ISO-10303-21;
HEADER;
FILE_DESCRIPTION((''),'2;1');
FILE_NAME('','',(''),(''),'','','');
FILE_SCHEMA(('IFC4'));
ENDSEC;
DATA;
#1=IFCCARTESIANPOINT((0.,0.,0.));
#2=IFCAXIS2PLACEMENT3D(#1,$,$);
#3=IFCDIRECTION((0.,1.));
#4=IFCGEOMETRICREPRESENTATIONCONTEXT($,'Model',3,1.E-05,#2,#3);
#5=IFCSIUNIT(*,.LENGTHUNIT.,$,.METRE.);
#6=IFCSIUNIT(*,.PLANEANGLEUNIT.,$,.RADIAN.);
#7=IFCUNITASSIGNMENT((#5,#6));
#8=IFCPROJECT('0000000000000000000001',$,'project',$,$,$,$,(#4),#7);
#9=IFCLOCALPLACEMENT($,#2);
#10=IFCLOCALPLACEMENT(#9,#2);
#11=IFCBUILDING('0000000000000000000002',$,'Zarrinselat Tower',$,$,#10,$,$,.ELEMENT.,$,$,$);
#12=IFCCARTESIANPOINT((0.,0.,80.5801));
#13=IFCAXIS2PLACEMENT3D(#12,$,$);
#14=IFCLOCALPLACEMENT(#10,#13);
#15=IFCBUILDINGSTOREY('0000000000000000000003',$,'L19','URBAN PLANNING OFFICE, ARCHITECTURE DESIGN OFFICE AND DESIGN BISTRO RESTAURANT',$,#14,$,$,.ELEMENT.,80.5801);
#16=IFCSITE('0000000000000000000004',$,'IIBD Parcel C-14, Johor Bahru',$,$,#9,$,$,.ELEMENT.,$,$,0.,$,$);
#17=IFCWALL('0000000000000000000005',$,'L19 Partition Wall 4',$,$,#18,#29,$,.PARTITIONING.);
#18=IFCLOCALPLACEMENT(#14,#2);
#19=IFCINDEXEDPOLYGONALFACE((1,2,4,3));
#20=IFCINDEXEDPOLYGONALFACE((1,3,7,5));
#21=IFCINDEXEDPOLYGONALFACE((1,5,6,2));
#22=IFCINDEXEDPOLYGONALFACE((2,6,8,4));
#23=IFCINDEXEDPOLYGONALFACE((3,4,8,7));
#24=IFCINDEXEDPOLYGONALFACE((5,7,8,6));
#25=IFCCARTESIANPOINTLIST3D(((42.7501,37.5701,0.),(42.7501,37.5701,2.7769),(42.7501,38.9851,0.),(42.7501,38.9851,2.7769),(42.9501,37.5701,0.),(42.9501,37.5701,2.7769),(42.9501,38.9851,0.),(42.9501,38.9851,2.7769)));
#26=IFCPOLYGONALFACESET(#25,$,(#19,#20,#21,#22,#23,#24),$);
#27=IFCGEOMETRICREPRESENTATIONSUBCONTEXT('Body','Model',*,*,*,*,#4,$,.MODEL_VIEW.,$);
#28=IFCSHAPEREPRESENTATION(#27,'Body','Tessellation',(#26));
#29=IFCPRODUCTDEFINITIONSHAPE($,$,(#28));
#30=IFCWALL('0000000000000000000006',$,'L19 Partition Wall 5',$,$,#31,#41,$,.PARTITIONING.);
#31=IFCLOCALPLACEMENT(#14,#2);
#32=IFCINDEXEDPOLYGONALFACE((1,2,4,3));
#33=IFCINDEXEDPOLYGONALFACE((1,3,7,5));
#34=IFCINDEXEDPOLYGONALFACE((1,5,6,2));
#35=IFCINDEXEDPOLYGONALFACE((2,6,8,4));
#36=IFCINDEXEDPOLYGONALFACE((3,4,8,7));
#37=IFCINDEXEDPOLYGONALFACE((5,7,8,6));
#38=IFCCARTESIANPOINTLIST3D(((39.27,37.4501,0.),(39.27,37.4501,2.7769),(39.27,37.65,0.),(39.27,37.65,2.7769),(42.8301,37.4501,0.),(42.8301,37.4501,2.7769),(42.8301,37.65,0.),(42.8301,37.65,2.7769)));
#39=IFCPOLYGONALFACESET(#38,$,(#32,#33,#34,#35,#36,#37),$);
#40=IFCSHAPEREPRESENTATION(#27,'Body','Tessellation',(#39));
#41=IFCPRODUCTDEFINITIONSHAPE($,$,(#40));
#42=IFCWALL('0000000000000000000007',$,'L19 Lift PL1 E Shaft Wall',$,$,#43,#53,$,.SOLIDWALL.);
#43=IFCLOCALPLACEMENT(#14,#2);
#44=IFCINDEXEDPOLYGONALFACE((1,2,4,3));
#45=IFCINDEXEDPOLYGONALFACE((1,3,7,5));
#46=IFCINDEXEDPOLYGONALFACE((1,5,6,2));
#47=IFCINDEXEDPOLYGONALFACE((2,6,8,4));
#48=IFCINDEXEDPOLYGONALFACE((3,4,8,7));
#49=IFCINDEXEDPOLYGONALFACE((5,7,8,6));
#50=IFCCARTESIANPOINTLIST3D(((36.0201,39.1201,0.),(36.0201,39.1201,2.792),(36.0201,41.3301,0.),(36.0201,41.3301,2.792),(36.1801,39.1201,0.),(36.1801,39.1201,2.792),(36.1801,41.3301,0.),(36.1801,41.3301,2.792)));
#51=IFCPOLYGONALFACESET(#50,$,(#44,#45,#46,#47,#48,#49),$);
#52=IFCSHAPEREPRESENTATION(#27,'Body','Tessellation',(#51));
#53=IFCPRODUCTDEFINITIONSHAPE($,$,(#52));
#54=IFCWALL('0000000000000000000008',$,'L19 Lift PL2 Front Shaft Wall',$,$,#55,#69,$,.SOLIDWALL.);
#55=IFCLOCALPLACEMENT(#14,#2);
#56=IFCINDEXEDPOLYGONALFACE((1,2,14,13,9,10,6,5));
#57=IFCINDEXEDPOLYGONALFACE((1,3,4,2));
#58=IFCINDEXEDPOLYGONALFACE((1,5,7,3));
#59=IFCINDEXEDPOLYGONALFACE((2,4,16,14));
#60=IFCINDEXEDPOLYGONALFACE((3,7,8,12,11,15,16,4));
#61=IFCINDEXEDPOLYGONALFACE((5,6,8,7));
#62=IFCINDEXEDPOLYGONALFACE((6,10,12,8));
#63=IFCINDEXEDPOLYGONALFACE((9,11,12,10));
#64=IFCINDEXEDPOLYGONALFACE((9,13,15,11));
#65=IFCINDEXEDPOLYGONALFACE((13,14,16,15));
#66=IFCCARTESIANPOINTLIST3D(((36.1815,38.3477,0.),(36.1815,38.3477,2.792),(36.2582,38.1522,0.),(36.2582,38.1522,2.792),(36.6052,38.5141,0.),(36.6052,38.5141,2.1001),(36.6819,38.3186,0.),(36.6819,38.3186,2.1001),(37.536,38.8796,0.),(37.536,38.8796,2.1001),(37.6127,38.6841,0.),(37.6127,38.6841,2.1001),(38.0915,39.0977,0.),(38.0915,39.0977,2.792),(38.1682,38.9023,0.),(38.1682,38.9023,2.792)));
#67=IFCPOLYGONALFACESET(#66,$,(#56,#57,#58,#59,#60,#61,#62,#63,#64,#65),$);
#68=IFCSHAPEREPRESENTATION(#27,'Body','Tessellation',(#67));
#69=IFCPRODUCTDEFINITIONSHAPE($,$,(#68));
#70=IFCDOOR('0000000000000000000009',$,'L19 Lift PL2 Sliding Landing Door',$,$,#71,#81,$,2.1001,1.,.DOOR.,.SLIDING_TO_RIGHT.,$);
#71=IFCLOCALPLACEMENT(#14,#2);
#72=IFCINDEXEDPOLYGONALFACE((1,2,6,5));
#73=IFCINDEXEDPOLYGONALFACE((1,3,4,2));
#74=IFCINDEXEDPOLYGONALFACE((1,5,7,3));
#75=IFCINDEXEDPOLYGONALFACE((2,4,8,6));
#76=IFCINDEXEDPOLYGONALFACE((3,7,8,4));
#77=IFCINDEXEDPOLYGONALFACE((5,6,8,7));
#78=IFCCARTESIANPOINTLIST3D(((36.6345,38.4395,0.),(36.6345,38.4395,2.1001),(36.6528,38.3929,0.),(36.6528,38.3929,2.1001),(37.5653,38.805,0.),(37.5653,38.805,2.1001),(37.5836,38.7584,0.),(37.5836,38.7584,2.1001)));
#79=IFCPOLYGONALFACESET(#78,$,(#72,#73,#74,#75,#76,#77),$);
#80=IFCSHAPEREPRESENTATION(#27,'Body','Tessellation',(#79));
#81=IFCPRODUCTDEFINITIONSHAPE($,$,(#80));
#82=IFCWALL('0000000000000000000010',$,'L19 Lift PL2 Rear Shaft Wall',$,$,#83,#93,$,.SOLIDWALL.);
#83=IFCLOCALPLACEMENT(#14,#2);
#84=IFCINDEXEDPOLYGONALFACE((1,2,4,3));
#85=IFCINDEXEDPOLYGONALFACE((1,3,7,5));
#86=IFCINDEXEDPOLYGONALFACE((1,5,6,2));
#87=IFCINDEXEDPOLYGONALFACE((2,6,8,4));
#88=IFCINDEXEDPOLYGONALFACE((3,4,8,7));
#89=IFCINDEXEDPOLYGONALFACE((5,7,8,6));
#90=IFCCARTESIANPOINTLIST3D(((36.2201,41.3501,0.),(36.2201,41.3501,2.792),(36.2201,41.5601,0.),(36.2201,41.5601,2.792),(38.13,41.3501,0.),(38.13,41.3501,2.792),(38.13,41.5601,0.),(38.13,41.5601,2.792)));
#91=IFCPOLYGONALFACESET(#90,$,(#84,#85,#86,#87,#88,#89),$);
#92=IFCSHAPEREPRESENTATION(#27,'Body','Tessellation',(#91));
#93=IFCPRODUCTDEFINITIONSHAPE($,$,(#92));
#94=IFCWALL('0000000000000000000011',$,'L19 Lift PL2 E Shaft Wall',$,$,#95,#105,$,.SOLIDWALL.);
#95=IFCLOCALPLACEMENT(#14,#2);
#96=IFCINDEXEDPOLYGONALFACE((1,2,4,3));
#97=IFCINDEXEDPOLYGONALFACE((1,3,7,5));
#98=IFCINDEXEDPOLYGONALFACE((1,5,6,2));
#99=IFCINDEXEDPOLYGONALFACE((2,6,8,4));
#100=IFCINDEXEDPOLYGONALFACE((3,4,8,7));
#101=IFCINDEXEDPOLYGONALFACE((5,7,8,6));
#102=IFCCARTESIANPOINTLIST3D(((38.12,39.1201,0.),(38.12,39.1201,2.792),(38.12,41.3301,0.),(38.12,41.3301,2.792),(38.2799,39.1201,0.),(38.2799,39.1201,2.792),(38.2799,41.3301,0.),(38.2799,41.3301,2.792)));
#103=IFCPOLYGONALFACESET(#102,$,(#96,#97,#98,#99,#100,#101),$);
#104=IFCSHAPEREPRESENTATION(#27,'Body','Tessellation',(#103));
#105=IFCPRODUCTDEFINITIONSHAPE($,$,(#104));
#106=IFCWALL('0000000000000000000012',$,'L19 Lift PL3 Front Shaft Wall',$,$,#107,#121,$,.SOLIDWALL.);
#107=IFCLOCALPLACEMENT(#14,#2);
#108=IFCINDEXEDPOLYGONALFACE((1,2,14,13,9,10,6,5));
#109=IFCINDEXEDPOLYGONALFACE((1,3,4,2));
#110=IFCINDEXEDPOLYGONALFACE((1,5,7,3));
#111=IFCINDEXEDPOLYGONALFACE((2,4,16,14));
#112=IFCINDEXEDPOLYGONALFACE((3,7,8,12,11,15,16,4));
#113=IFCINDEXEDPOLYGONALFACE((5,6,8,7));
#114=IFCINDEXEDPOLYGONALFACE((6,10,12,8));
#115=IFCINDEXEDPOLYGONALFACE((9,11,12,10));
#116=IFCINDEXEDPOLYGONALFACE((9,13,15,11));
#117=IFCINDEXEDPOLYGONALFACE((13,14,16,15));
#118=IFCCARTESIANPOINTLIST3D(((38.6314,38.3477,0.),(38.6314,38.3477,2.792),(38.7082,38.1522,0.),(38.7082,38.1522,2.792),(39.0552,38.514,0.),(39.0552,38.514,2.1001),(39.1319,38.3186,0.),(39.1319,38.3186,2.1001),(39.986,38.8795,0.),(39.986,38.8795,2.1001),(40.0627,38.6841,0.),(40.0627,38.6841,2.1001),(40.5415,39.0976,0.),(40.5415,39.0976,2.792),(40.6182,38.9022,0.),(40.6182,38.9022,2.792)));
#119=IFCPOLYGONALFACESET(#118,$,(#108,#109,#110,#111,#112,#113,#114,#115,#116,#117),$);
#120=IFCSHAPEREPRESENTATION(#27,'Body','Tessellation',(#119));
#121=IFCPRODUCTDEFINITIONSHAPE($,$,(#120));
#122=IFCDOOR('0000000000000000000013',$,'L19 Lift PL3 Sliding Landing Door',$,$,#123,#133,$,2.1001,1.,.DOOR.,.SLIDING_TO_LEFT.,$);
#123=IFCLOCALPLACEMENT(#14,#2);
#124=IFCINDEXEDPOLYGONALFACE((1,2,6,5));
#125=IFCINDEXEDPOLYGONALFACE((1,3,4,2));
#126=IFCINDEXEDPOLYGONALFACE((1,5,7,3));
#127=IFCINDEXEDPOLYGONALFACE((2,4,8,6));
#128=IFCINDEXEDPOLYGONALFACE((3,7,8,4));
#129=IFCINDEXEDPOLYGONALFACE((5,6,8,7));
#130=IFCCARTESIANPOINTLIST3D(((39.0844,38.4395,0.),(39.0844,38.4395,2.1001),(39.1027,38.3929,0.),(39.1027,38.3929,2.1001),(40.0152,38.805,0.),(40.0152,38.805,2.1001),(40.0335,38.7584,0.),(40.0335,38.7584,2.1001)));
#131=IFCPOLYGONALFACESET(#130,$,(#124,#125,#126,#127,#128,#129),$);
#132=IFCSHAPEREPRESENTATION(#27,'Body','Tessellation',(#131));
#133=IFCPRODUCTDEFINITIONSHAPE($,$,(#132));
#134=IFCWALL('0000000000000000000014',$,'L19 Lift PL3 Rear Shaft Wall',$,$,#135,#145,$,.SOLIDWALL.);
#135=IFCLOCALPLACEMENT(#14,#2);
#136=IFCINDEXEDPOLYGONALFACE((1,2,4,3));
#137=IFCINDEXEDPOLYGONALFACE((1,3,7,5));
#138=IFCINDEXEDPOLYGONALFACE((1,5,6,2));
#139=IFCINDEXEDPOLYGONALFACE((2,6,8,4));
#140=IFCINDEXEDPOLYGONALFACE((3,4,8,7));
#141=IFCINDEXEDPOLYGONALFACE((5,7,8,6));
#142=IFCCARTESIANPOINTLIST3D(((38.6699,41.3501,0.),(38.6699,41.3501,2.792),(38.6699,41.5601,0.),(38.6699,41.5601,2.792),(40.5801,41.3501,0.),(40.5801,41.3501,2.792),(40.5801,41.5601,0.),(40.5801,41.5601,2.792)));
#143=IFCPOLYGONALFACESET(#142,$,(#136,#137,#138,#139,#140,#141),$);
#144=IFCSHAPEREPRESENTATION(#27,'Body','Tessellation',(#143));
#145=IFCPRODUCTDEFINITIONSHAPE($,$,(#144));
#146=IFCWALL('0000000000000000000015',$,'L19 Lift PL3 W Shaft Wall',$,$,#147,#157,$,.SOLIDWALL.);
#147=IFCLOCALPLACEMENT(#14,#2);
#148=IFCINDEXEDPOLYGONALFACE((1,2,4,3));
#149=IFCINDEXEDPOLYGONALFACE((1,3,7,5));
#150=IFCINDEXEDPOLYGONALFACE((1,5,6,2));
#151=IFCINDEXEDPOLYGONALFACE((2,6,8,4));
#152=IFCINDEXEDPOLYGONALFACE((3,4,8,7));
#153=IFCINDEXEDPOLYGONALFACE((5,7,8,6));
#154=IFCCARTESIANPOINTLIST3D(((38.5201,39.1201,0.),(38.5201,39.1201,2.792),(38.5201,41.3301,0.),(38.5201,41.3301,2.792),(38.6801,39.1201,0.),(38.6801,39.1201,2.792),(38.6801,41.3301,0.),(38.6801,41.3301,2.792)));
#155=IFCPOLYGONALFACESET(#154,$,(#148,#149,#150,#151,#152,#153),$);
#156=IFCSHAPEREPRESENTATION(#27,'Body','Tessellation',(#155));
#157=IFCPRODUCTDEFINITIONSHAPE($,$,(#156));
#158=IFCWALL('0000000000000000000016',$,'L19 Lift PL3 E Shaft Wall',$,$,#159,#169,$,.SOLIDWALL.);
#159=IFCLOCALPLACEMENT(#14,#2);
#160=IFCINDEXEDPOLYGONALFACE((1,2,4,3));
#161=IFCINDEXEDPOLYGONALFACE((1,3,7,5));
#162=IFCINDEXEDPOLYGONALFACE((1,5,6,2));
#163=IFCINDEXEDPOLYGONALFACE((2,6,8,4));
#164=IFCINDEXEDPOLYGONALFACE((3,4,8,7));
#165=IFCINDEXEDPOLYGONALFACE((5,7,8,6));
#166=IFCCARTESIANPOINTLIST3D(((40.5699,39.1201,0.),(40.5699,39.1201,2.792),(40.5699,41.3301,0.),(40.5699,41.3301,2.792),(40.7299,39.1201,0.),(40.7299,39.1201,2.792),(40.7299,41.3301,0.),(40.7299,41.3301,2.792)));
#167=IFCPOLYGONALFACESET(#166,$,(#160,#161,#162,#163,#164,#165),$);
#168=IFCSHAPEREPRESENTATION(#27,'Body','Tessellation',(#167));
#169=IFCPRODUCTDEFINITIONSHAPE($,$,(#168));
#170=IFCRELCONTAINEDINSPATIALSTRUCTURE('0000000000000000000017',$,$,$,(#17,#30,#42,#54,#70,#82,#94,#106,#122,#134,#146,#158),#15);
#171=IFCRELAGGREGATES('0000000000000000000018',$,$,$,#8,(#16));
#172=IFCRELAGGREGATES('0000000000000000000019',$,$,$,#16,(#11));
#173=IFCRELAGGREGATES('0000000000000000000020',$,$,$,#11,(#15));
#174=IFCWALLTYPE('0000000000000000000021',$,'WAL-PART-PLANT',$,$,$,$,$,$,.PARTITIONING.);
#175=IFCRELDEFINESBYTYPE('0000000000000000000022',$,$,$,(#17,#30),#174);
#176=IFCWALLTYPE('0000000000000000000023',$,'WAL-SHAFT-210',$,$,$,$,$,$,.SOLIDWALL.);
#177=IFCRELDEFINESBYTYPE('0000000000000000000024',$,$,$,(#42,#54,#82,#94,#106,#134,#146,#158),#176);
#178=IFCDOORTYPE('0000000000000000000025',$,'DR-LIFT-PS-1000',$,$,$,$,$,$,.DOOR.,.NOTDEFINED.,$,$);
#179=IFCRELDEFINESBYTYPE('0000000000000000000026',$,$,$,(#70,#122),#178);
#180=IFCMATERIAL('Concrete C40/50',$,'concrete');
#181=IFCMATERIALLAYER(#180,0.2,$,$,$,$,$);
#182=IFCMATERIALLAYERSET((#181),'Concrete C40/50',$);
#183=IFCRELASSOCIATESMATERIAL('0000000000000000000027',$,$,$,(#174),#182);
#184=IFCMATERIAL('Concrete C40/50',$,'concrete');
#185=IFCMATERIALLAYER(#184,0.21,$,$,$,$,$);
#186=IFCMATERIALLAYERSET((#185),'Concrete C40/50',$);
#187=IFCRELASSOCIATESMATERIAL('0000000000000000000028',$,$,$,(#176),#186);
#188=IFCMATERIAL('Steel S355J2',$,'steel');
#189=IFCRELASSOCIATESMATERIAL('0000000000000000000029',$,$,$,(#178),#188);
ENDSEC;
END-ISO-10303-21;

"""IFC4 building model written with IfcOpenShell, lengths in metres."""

from ifc_helpers import new_model, si_unit, direction, frame, frame_2d, origin, place, context, subcontext, project, spatial, rectangle, extrude, material, layer, layer_set, type_object, element, fill, save


model = new_model("IFC4")

# Units and contexts
model_context = context("Model", 3, precision=1e-05, world=origin(), true_north=direction((0.0, 1.0)))
body_context = subcontext(model_context, "Body", "Model", "MODEL_VIEW")
ifc_project = project(units=[si_unit("LENGTHUNIT", "METRE"), si_unit("PLANEANGLEUNIT", "RADIAN")], contexts=[model_context])

# Site, building, storey
site_placement = place(None, origin())
site = spatial("IfcSite", under=ifc_project, at=site_placement, Name="IIBD Parcel C-14, Johor Bahru", CompositionType="ELEMENT", RefElevation=0.0)
building_placement = place(site_placement, origin())
building = spatial("IfcBuilding", under=site, at=building_placement, Name="Zarrinselat Tower", CompositionType="ELEMENT")
storey_placement = place(building_placement, frame((0.0, 0.0, 80.5801)))
storey = spatial("IfcBuildingStorey", under=building, at=storey_placement, Name="L19", Description="URBAN PLANNING OFFICE, ARCHITECTURE DESIGN OFFICE AND DESIGN BISTRO RESTAURANT", CompositionType="ELEMENT", Elevation=80.5801)

# Walls
ifc_material_1 = material(Name="Concrete C40/50", Category="concrete")
ifc_layer_1 = layer(ifc_material_1, 0.2)
ifc_layer_set_1 = layer_set([ifc_layer_1], Name="Concrete C40/50")
wall_type_1 = type_object("IfcWallType", Name="WAL-PART-PLANT", PredefinedType="PARTITIONING", material=ifc_layer_set_1)
wall_1_placement = place(storey_placement, frame((42.8501, 37.5701, 0.0), z_axis=(0.0, 0.0, 1.0), x_axis=(0.0, 1.0, 0.0)))
element("IfcWall", 1, at=wall_1_placement, inside=storey, type_object=wall_type_1, Name="L19 Partition Wall 4", PredefinedType="PARTITIONING", context=body_context, shape_type="SweptSolid", body=[
    extrude(rectangle(XDim=1.415, YDim=0.2, at=frame_2d((0.7075, 0.0))), origin(), (0.0, 0.0, 1.0), 2.7769),
])
wall_2_placement = place(storey_placement, frame((39.27, 37.55, 0.0), z_axis=(0.0, 0.0, 1.0), x_axis=(1.0, 0.0, 0.0)))
element("IfcWall", 2, at=wall_2_placement, inside=storey, type_object=wall_type_1, Name="L19 Partition Wall 5", PredefinedType="PARTITIONING", context=body_context, shape_type="SweptSolid", body=[
    extrude(rectangle(XDim=3.5601, YDim=0.2, at=frame_2d((1.78, 0.0))), origin(), (0.0, 0.0, 1.0), 2.7769),
])
ifc_material_2 = material(Name="Concrete C40/50", Category="concrete")
ifc_layer_2 = layer(ifc_material_2, 0.21)
ifc_layer_set_2 = layer_set([ifc_layer_2], Name="Concrete C40/50")
wall_type_2 = type_object("IfcWallType", Name="WAL-SHAFT-210", PredefinedType="SOLIDWALL", material=ifc_layer_set_2)
wall_3_placement = place(storey_placement, frame((36.1001, 39.1201, 0.0), z_axis=(0.0, 0.0, 1.0), x_axis=(0.0, 1.0, 0.0)))
element("IfcWall", 3, at=wall_3_placement, inside=storey, type_object=wall_type_2, Name="L19 Lift PL1 E Shaft Wall", PredefinedType="SOLIDWALL", context=body_context, shape_type="SweptSolid", body=[
    extrude(rectangle(XDim=2.21, YDim=0.1599, at=frame_2d((1.105, 0.0))), origin(), (0.0, 0.0, 1.0), 2.792),
])

# Wall, opening, door
wall_4_placement = place(storey_placement, frame((36.22, 38.25, 0.0), z_axis=(0.0, 0.0, 1.0), x_axis=(0.930805, 0.365516, 0.0)))
wall_4 = element("IfcWall", 4, at=wall_4_placement, inside=storey, type_object=wall_type_2, Name="L19 Lift PL2 Front Shaft Wall", PredefinedType="SOLIDWALL", context=body_context, shape_type="SweptSolid", body=[
    extrude(rectangle(XDim=2.052, YDim=0.21, at=frame_2d((1.0259, 0.0))), origin(), (0.0, 0.0, 1.0), 2.792),
])
opening_1_placement = place(wall_4_placement, frame((0.4551, 0.0, 0.0)))
opening_1 = element("IfcOpeningElement", 5, at=opening_1_placement, cuts=wall_4, PredefinedType="OPENING", context=body_context, shape_type="SweptSolid", body=[
    extrude(rectangle(XDim=1.0, YDim=2.1001, at=frame_2d((0.5, 1.05))), frame((0.0, 0.115, 0.0), z_axis=(0.0, -1.0, 0.0), x_axis=(1.0, 0.0, 0.0)), (0.0, 0.0, 1.0), 0.23),
])
ifc_material_3 = material(Name="Steel S355J2", Category="steel")
door_type = type_object("IfcDoorType", Name="DR-LIFT-PS-1000", OperationType="NOTDEFINED", PredefinedType="DOOR", material=ifc_material_3)
door_1_placement = place(opening_1_placement, origin())
door_1 = element("IfcDoor", 6, at=door_1_placement, inside=storey, type_object=door_type, Name="L19 Lift PL2 Sliding Landing Door", OperationType="SLIDING_TO_RIGHT", OverallHeight=2.1001, OverallWidth=1.0, PredefinedType="DOOR", context=body_context, shape_type="SweptSolid", body=[
    extrude(rectangle(XDim=1.0, YDim=2.1001, at=frame_2d((0.5, 1.05))), frame((0.0, 0.0249, 0.0), z_axis=(0.0, -1.0, 0.0), x_axis=(1.0, 0.0, 0.0)), (0.0, 0.0, 1.0), 0.05),
])
fill(opening_1, door_1)

# Walls
wall_5_placement = place(storey_placement, frame((36.22, 41.4551, 0.0), z_axis=(0.0, 0.0, 1.0), x_axis=(1.0, 0.0, 0.0)))
element("IfcWall", 7, at=wall_5_placement, inside=storey, type_object=wall_type_2, Name="L19 Lift PL2 Rear Shaft Wall", PredefinedType="SOLIDWALL", context=body_context, shape_type="SweptSolid", body=[
    extrude(rectangle(XDim=1.9099, YDim=0.21, at=frame_2d((0.9551, 0.0))), origin(), (0.0, 0.0, 1.0), 2.792),
])
wall_6_placement = place(storey_placement, frame((38.2, 39.1201, 0.0), z_axis=(0.0, 0.0, 1.0), x_axis=(0.0, 1.0, 0.0)))
element("IfcWall", 8, at=wall_6_placement, inside=storey, type_object=wall_type_2, Name="L19 Lift PL2 E Shaft Wall", PredefinedType="SOLIDWALL", context=body_context, shape_type="SweptSolid", body=[
    extrude(rectangle(XDim=2.21, YDim=0.1599, at=frame_2d((1.105, 0.0))), origin(), (0.0, 0.0, 1.0), 2.792),
])

# Wall, opening, door
wall_7_placement = place(storey_placement, frame((38.6699, 38.25, 0.0), z_axis=(0.0, 0.0, 1.0), x_axis=(0.930821, 0.365476, 0.0)))
wall_7 = element("IfcWall", 9, at=wall_7_placement, inside=storey, type_object=wall_type_2, Name="L19 Lift PL3 Front Shaft Wall", PredefinedType="SOLIDWALL", context=body_context, shape_type="SweptSolid", body=[
    extrude(rectangle(XDim=2.052, YDim=0.21, at=frame_2d((1.0259, 0.0))), origin(), (0.0, 0.0, 1.0), 2.792),
])
opening_2_placement = place(wall_7_placement, frame((0.4551, 0.0, 0.0)))
opening_2 = element("IfcOpeningElement", 10, at=opening_2_placement, cuts=wall_7, PredefinedType="OPENING", context=body_context, shape_type="SweptSolid", body=[
    extrude(rectangle(XDim=1.0, YDim=2.1001, at=frame_2d((0.5, 1.05))), frame((0.0, 0.115, 0.0), z_axis=(0.0, -1.0, 0.0), x_axis=(1.0, 0.0, 0.0)), (0.0, 0.0, 1.0), 0.23),
])
door_2_placement = place(opening_2_placement, origin())
door_2 = element("IfcDoor", 11, at=door_2_placement, inside=storey, type_object=door_type, Name="L19 Lift PL3 Sliding Landing Door", OperationType="SLIDING_TO_LEFT", OverallHeight=2.1001, OverallWidth=1.0, PredefinedType="DOOR", context=body_context, shape_type="SweptSolid", body=[
    extrude(rectangle(XDim=1.0, YDim=2.1001, at=frame_2d((0.5, 1.05))), frame((0.0, 0.0249, 0.0), z_axis=(0.0, -1.0, 0.0), x_axis=(1.0, 0.0, 0.0)), (0.0, 0.0, 1.0), 0.05),
])
fill(opening_2, door_2)

# Walls
wall_8_placement = place(storey_placement, frame((38.6699, 41.4551, 0.0), z_axis=(0.0, 0.0, 1.0), x_axis=(1.0, 0.0, 0.0)))
element("IfcWall", 12, at=wall_8_placement, inside=storey, type_object=wall_type_2, Name="L19 Lift PL3 Rear Shaft Wall", PredefinedType="SOLIDWALL", context=body_context, shape_type="SweptSolid", body=[
    extrude(rectangle(XDim=1.9102, YDim=0.21, at=frame_2d((0.9551, 0.0))), origin(), (0.0, 0.0, 1.0), 2.792),
])
for number, where, z_axis, x_axis, name in (
    (13, (38.6001, 39.1201, 0.0), (0.0, 0.0, 1.0), (0.0, 1.0, 0.0), "L19 Lift PL3 W Shaft Wall"),
    (14, (40.6499, 39.1201, 0.0), (0.0, 0.0, 1.0), (0.0, 1.0, 0.0), "L19 Lift PL3 E Shaft Wall"),
):
    element("IfcWall", number, at=place(storey_placement, frame(where, z_axis=z_axis, x_axis=x_axis)), inside=storey, type_object=wall_type_2, Name=name, PredefinedType="SOLIDWALL", context=body_context, shape_type="SweptSolid", body=[
        extrude(rectangle(XDim=2.21, YDim=0.1599, at=frame_2d((1.105, 0.0))), origin(), (0.0, 0.0, 1.0), 2.792),
    ])

save(model, "model.ifc")
